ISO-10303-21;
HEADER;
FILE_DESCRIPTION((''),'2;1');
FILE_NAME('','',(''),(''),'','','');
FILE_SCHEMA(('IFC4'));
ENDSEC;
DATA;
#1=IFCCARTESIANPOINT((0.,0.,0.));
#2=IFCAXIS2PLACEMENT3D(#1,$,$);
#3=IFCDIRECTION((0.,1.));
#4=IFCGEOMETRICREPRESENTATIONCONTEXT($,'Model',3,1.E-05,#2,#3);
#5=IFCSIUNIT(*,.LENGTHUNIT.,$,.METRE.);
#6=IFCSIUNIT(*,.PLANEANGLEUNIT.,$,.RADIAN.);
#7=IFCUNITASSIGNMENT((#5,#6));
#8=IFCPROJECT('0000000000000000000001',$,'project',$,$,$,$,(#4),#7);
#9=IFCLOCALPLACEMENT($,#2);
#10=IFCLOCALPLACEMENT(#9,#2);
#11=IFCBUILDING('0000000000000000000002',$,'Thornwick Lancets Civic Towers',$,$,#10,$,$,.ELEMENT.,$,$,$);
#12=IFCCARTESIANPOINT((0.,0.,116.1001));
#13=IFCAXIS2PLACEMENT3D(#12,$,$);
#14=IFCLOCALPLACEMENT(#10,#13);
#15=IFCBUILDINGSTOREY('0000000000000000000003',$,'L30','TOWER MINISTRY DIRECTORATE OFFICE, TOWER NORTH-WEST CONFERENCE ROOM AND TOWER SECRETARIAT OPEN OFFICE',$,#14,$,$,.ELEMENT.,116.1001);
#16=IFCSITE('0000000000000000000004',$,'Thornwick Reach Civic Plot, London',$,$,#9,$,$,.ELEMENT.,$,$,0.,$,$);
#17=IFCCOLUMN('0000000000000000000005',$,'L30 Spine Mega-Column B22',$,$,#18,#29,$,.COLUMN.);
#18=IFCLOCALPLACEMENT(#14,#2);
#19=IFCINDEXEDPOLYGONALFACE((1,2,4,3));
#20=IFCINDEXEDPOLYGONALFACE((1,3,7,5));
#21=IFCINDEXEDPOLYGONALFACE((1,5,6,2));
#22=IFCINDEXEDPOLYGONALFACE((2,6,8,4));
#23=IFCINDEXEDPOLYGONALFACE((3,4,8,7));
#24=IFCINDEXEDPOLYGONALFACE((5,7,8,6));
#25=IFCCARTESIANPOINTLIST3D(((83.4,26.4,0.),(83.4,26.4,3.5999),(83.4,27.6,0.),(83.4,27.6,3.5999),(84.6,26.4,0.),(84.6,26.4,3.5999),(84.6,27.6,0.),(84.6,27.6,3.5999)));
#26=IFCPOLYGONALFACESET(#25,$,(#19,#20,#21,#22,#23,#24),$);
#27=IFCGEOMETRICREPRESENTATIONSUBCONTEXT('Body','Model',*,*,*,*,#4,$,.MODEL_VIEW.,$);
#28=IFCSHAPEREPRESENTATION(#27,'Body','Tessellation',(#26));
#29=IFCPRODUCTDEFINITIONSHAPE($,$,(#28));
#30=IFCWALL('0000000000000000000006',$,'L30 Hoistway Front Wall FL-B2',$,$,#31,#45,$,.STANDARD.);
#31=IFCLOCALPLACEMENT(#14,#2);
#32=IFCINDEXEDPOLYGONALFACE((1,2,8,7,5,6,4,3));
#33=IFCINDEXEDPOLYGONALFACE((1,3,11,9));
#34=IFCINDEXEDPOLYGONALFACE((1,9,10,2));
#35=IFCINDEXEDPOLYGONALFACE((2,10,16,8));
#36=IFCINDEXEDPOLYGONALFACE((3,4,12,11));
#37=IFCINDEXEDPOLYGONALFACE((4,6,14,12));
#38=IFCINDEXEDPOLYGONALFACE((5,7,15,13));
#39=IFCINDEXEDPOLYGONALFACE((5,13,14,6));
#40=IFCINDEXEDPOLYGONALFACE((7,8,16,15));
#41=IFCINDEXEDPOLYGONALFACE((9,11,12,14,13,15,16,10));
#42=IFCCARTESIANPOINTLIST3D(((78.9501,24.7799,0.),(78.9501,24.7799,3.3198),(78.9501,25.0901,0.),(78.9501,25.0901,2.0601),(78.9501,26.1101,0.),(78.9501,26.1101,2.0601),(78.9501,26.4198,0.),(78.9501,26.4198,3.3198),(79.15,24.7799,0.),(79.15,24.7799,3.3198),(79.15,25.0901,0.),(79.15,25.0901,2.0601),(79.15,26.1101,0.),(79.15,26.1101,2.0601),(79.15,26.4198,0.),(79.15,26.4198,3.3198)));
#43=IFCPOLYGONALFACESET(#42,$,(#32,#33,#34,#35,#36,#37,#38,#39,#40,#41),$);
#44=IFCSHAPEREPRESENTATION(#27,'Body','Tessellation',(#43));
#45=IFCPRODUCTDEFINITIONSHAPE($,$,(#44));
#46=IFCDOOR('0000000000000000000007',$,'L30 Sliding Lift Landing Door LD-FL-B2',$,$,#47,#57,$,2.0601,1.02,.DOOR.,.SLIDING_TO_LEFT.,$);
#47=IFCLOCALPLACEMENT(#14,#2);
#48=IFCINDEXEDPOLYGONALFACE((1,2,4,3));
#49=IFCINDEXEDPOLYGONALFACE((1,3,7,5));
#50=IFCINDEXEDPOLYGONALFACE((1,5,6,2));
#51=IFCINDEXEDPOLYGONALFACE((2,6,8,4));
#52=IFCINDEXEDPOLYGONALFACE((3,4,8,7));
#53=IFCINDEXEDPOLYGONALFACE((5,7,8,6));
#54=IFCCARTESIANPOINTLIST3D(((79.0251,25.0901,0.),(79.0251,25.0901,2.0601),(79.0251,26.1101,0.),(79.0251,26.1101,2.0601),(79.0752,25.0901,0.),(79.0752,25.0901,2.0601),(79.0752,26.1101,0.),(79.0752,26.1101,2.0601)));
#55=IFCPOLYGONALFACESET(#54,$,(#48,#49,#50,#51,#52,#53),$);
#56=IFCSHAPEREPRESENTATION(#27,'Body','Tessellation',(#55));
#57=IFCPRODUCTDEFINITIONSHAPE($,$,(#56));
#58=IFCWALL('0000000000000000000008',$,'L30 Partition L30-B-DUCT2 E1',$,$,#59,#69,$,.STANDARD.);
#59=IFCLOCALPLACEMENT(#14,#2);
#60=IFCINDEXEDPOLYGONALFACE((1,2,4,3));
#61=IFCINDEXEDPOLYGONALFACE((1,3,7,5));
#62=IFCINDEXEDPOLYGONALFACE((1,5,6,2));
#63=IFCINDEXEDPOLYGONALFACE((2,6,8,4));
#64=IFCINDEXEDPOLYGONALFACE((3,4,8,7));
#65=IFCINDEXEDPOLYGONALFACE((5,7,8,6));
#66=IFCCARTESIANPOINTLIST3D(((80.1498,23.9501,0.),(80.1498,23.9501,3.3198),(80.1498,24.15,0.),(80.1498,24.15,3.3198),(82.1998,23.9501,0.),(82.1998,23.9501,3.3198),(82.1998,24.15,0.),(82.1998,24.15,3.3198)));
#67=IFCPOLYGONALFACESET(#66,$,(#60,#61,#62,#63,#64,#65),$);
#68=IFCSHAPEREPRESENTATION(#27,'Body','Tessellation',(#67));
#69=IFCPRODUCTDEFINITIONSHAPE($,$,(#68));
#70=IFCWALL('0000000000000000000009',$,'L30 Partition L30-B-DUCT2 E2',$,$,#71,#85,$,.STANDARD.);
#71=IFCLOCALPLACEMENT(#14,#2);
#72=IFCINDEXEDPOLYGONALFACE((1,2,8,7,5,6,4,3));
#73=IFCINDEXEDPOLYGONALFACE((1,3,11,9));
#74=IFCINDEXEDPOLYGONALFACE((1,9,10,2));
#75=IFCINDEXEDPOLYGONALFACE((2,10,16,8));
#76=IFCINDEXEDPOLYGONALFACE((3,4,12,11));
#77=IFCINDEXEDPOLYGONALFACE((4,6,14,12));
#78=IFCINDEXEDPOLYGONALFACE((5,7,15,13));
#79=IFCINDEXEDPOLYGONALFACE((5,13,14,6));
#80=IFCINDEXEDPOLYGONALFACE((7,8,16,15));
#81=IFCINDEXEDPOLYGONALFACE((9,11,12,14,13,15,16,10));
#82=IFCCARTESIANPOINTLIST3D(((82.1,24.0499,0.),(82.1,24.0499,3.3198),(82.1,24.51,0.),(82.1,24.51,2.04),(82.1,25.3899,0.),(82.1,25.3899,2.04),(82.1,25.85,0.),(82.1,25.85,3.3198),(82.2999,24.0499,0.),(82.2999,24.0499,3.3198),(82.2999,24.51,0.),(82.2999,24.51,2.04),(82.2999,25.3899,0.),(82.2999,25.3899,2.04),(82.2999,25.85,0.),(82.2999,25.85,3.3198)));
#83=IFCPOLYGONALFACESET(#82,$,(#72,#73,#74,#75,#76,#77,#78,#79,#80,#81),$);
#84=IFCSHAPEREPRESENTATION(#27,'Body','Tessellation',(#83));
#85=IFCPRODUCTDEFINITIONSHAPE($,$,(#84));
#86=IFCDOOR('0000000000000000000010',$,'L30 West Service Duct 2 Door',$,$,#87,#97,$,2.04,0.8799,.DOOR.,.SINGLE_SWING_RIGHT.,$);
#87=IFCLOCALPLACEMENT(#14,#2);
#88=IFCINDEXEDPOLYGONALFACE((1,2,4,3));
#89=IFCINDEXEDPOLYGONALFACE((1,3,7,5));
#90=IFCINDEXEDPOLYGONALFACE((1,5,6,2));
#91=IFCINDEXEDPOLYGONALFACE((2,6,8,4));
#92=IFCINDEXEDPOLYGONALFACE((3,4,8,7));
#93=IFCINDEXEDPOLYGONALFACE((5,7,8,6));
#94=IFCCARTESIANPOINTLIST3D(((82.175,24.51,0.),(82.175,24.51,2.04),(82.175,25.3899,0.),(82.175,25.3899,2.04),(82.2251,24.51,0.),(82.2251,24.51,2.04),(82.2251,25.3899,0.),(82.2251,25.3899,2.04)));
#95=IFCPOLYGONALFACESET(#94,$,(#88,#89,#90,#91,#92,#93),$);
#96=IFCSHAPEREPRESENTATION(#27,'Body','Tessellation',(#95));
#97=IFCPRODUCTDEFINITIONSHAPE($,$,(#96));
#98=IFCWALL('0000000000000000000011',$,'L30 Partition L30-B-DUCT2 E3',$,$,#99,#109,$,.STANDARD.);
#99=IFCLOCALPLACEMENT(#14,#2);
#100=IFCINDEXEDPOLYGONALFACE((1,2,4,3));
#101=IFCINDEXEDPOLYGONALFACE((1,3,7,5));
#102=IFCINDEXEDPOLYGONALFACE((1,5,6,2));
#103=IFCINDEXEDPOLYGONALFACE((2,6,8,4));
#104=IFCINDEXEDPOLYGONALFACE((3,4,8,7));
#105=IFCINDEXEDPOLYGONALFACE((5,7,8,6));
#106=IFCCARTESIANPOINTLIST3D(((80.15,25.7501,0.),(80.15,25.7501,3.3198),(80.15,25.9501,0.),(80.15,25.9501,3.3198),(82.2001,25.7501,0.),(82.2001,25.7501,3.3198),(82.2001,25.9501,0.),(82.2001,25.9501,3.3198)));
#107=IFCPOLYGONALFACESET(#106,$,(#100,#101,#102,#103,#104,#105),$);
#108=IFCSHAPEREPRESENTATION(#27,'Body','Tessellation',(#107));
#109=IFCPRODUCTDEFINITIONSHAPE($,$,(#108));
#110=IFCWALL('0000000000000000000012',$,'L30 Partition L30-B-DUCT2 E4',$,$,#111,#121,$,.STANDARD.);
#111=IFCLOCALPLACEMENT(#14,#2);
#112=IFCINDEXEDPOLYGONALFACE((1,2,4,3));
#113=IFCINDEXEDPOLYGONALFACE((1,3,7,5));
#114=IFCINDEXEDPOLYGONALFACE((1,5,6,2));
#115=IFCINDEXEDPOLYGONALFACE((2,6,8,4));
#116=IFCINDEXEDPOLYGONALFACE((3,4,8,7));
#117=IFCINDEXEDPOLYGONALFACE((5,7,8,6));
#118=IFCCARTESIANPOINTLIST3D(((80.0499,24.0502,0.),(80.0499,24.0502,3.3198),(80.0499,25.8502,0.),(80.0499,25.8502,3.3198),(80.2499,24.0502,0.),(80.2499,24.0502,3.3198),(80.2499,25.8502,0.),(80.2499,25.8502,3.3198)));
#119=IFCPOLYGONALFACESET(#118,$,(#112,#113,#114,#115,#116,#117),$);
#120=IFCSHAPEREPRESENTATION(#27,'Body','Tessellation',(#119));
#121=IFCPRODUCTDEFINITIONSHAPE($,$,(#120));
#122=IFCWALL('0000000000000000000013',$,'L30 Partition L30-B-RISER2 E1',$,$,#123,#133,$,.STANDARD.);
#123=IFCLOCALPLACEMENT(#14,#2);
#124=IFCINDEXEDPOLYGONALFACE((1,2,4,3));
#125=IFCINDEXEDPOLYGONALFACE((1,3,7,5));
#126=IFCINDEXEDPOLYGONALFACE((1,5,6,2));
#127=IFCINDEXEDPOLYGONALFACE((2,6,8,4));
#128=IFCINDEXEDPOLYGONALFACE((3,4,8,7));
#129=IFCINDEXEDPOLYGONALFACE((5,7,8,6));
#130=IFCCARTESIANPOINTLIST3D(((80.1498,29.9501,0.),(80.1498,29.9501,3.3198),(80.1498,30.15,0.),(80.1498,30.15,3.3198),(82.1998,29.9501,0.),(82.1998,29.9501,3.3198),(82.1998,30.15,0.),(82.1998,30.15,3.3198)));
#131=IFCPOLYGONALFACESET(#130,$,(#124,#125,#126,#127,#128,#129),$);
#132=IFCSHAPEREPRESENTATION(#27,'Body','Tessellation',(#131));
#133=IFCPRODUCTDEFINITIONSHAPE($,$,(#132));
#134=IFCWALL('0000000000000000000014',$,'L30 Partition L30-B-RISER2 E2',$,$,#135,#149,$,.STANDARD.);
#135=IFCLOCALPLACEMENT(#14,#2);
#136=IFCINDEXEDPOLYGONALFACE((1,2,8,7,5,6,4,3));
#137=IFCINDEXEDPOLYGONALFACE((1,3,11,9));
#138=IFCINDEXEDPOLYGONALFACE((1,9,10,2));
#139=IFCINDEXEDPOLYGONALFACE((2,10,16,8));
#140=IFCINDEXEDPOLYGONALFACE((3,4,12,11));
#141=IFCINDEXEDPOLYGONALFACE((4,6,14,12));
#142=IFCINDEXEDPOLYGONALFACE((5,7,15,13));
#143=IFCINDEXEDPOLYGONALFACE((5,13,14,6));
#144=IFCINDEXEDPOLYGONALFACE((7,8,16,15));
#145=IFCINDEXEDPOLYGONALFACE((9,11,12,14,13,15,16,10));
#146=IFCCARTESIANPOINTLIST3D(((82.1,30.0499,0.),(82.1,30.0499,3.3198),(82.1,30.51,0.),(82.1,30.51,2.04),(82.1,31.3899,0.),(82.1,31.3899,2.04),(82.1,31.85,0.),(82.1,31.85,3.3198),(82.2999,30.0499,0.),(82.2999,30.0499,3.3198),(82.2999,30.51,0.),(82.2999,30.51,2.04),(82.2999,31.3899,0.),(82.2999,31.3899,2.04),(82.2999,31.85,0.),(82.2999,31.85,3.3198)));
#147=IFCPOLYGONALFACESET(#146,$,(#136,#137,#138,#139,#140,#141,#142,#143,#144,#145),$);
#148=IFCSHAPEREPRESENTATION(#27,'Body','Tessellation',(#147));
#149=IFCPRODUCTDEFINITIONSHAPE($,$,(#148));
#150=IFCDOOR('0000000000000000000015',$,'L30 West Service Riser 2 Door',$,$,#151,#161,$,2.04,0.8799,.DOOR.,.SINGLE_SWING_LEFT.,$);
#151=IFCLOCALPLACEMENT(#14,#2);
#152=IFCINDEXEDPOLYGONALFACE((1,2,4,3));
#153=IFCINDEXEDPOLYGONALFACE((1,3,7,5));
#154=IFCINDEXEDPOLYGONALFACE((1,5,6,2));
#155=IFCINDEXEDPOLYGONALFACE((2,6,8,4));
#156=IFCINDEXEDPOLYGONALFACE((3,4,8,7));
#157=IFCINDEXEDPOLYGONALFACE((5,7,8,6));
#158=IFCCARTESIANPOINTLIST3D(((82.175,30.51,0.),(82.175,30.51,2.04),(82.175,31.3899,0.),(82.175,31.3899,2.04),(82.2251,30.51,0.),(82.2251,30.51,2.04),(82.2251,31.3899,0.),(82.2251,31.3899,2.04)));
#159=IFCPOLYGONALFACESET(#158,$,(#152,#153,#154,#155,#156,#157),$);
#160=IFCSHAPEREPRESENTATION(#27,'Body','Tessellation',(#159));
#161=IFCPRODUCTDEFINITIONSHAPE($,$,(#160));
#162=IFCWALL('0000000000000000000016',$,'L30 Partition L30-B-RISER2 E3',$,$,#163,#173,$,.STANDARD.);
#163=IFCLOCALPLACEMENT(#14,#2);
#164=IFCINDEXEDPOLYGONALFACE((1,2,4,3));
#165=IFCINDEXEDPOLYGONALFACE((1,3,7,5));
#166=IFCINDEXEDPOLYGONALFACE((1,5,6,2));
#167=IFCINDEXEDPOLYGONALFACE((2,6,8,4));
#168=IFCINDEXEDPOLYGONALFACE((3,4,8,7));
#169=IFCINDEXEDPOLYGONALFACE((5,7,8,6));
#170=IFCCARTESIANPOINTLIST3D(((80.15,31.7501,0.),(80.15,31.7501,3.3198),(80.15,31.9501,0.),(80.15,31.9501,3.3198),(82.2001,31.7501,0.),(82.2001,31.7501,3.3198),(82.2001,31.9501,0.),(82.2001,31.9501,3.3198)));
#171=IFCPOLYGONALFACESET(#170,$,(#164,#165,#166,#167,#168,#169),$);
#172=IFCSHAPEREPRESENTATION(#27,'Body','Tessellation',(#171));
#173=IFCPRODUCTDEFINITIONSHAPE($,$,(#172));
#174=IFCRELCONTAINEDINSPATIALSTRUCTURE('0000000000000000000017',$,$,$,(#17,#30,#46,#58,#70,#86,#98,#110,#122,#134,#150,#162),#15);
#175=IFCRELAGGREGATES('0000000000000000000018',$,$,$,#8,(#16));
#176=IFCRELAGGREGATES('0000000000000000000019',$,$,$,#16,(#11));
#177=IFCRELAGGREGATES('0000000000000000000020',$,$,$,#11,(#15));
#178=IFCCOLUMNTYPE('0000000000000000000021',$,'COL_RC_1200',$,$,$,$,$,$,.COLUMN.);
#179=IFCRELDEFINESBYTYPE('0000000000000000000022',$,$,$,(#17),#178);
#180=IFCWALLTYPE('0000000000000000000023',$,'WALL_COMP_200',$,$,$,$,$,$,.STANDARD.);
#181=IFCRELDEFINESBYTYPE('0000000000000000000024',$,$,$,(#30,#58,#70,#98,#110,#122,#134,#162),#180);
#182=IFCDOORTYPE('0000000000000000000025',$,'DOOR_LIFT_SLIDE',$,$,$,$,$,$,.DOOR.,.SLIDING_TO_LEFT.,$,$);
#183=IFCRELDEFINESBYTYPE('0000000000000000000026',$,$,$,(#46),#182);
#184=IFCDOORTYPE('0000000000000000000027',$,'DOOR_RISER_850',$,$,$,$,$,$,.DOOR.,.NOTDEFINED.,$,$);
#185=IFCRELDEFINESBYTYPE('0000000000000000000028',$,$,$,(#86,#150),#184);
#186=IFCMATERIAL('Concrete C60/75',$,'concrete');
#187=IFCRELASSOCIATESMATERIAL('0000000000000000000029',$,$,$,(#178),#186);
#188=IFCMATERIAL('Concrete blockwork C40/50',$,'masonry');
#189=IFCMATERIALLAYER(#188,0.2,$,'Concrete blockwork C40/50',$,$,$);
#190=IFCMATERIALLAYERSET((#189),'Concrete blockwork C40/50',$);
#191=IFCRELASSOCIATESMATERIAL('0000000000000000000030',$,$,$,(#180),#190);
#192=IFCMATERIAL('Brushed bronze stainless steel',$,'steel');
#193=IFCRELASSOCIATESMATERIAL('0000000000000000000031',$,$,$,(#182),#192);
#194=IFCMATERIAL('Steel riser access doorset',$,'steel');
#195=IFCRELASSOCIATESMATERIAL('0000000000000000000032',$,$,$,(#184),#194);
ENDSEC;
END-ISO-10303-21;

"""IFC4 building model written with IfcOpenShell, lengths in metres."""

from ifc_helpers import new_model, si_unit, direction, frame, frame_2d, origin, origin_2d, place, context, subcontext, project, spatial, rectangle, extrude, material, layer, layer_set, material_profile, profile_set, type_object, element, fill, save


model = new_model("IFC4")

# Units and contexts
model_context = context("Model", 3, precision=1e-05, world=origin(), true_north=direction((0.0, 1.0)))
body_context = subcontext(model_context, "Body", "Model", "MODEL_VIEW")
ifc_project = project(units=[si_unit("LENGTHUNIT", "METRE"), si_unit("PLANEANGLEUNIT", "RADIAN")], contexts=[model_context])

# Site, building, storey
site_placement = place(None, origin())
site = spatial("IfcSite", under=ifc_project, at=site_placement, Name="Thornwick Reach Civic Plot, London", CompositionType="ELEMENT", RefElevation=0.0)
building_placement = place(site_placement, origin())
building = spatial("IfcBuilding", under=site, at=building_placement, Name="Thornwick Lancets Civic Towers", CompositionType="ELEMENT")
storey_placement = place(building_placement, frame((0.0, 0.0, 116.1001)))
storey = spatial("IfcBuildingStorey", under=building, at=storey_placement, Name="L30", Description="TOWER MINISTRY DIRECTORATE OFFICE, TOWER NORTH-WEST CONFERENCE ROOM AND TOWER SECRETARIAT OPEN OFFICE", CompositionType="ELEMENT", Elevation=116.1001)

# Column
ifc_material_1 = material(Name="Concrete C60/75", Category="concrete")
ifc_material_profile = material_profile(ifc_material_1, rectangle(XDim=1.2, YDim=1.2, at=origin_2d()), Name="RC 1200x1200")
ifc_profile_set = profile_set([ifc_material_profile], Name="Concrete C60/75")
column_type = type_object("IfcColumnType", Name="COL_RC_1200", PredefinedType="COLUMN", material=ifc_profile_set)
column_placement = place(storey_placement, frame((84.0, 27.0, 0.0), z_axis=(0.0, 0.0, 1.0), x_axis=(1.0, 0.0, 0.0)))
element("IfcColumn", 1, at=column_placement, inside=storey, type_object=column_type, Name="L30 Spine Mega-Column B22", PredefinedType="COLUMN", context=body_context, shape_type="SweptSolid", body=[
    extrude(rectangle(XDim=1.2, YDim=1.2, at=origin_2d()), origin(), (0.0, 0.0, 1.0), 3.5999),
])

# Wall, opening, door
ifc_material_2 = material(Name="Concrete blockwork C40/50", Category="masonry")
ifc_layer_1 = layer(ifc_material_2, 0.2, Name="Concrete blockwork C40/50")
ifc_layer_set_1 = layer_set([ifc_layer_1], Name="Concrete blockwork C40/50")
wall_type_1 = type_object("IfcWallType", Name="WALL_COMP_200", PredefinedType="STANDARD", material=ifc_layer_set_1)
wall_1_placement = place(storey_placement, frame((79.05, 24.78, 0.0), z_axis=(0.0, 0.0, 1.0), x_axis=(0.0, 1.0, 0.0)))
wall_1 = element("IfcWall", 2, at=wall_1_placement, inside=storey, type_object=wall_type_1, Name="L30 Hoistway Front Wall FL-B2", PredefinedType="STANDARD", context=body_context, shape_type="SweptSolid", body=[
    extrude(rectangle(XDim=1.6399, YDim=0.2, at=frame_2d((0.8198, 0.0))), origin(), (0.0, 0.0, 1.0), 3.3198),
])
opening_1_placement = place(wall_1_placement, frame((0.3101, 0.0, 0.0)))
opening_1 = element("IfcOpeningElement", 3, at=opening_1_placement, cuts=wall_1, PredefinedType="OPENING", context=body_context, shape_type="SweptSolid", body=[
    extrude(rectangle(XDim=1.02, YDim=2.0601, at=frame_2d((0.51, 1.03))), frame((0.0, 0.1099, 0.0), z_axis=(0.0, -1.0, 0.0), x_axis=(1.0, 0.0, 0.0)), (0.0, 0.0, 1.0), 0.22),
])
ifc_material_3 = material(Name="Brushed bronze stainless steel", Category="steel")
door_type_1 = type_object("IfcDoorType", Name="DOOR_LIFT_SLIDE", OperationType="SLIDING_TO_LEFT", PredefinedType="DOOR", material=ifc_material_3)
door_1_placement = place(opening_1_placement, origin())
door_1 = element("IfcDoor", 4, at=door_1_placement, inside=storey, type_object=door_type_1, Name="L30 Sliding Lift Landing Door LD-FL-B2", OperationType="SLIDING_TO_LEFT", OverallHeight=2.0601, OverallWidth=1.02, PredefinedType="DOOR", context=body_context, shape_type="SweptSolid", body=[
    extrude(rectangle(XDim=1.02, YDim=2.0601, at=frame_2d((0.51, 1.03))), frame((0.0, 0.0249, 0.0), z_axis=(0.0, -1.0, 0.0), x_axis=(1.0, 0.0, 0.0)), (0.0, 0.0, 1.0), 0.05),
])
fill(opening_1, door_1)

# Wall
wall_2_placement = place(storey_placement, frame((80.1499, 24.05, 0.0), z_axis=(0.0, 0.0, 1.0), x_axis=(1.0, 0.0, 0.0)))
element("IfcWall", 5, at=wall_2_placement, inside=storey, type_object=wall_type_1, Name="L30 Partition L30-B-DUCT2 E1", PredefinedType="STANDARD", context=body_context, shape_type="SweptSolid", body=[
    extrude(rectangle(XDim=2.05, YDim=0.2, at=frame_2d((1.0249, 0.0))), origin(), (0.0, 0.0, 1.0), 3.3198),
])

# Wall, opening, door
wall_3_placement = place(storey_placement, frame((82.2, 24.05, 0.0), z_axis=(0.0, 0.0, 1.0), x_axis=(0.0, 1.0, 0.0)))
wall_3 = element("IfcWall", 6, at=wall_3_placement, inside=storey, type_object=wall_type_1, Name="L30 Partition L30-B-DUCT2 E2", PredefinedType="STANDARD", context=body_context, shape_type="SweptSolid", body=[
    extrude(rectangle(XDim=1.8, YDim=0.2, at=frame_2d((0.8999, 0.0))), origin(), (0.0, 0.0, 1.0), 3.3198),
])
opening_2_placement = place(wall_3_placement, frame((0.46, 0.0, 0.0)))
opening_2 = element("IfcOpeningElement", 7, at=opening_2_placement, cuts=wall_3, PredefinedType="OPENING", context=body_context, shape_type="SweptSolid", body=[
    extrude(rectangle(XDim=0.8799, YDim=2.04, at=frame_2d((0.4399, 1.02))), frame((0.0, 0.1099, 0.0), z_axis=(0.0, -1.0, 0.0), x_axis=(1.0, 0.0, 0.0)), (0.0, 0.0, 1.0), 0.22),
])
ifc_material_4 = material(Name="Steel riser access doorset", Category="steel")
door_type_2 = type_object("IfcDoorType", Name="DOOR_RISER_850", OperationType="NOTDEFINED", PredefinedType="DOOR", material=ifc_material_4)
door_2_placement = place(opening_2_placement, origin())
door_2 = element("IfcDoor", 8, at=door_2_placement, inside=storey, type_object=door_type_2, Name="L30 West Service Duct 2 Door", OperationType="SINGLE_SWING_RIGHT", OverallHeight=2.04, OverallWidth=0.8799, PredefinedType="DOOR", context=body_context, shape_type="SweptSolid", body=[
    extrude(rectangle(XDim=0.8799, YDim=2.04, at=frame_2d((0.4399, 1.02))), frame((0.0, 0.0249, 0.0), z_axis=(0.0, -1.0, 0.0), x_axis=(1.0, 0.0, 0.0)), (0.0, 0.0, 1.0), 0.05),
])
fill(opening_2, door_2)

# Walls
wall_4_placement = place(storey_placement, frame((82.2, 25.8501, 0.0), z_axis=(0.0, 0.0, 1.0), x_axis=(-1.0, 0.0, 0.0)))
element("IfcWall", 9, at=wall_4_placement, inside=storey, type_object=wall_type_1, Name="L30 Partition L30-B-DUCT2 E3", PredefinedType="STANDARD", context=body_context, shape_type="SweptSolid", body=[
    extrude(rectangle(XDim=2.05, YDim=0.2, at=frame_2d((1.0249, 0.0))), origin(), (0.0, 0.0, 1.0), 3.3198),
])
wall_5_placement = place(storey_placement, frame((80.1499, 25.8501, 0.0), z_axis=(0.0, 0.0, 1.0), x_axis=(0.0, -1.0, 0.0)))
element("IfcWall", 10, at=wall_5_placement, inside=storey, type_object=wall_type_1, Name="L30 Partition L30-B-DUCT2 E4", PredefinedType="STANDARD", context=body_context, shape_type="SweptSolid", body=[
    extrude(rectangle(XDim=1.8, YDim=0.2, at=frame_2d((0.8999, 0.0))), origin(), (0.0, 0.0, 1.0), 3.3198),
])
wall_6_placement = place(storey_placement, frame((80.1499, 30.05, 0.0), z_axis=(0.0, 0.0, 1.0), x_axis=(1.0, 0.0, 0.0)))
element("IfcWall", 11, at=wall_6_placement, inside=storey, type_object=wall_type_1, Name="L30 Partition L30-B-RISER2 E1", PredefinedType="STANDARD", context=body_context, shape_type="SweptSolid", body=[
    extrude(rectangle(XDim=2.05, YDim=0.2, at=frame_2d((1.0249, 0.0))), origin(), (0.0, 0.0, 1.0), 3.3198),
])

# Wall, opening, door
wall_7_placement = place(storey_placement, frame((82.2, 30.05, 0.0), z_axis=(0.0, 0.0, 1.0), x_axis=(0.0, 1.0, 0.0)))
wall_7 = element("IfcWall", 12, at=wall_7_placement, inside=storey, type_object=wall_type_1, Name="L30 Partition L30-B-RISER2 E2", PredefinedType="STANDARD", context=body_context, shape_type="SweptSolid", body=[
    extrude(rectangle(XDim=1.8, YDim=0.2, at=frame_2d((0.8999, 0.0))), origin(), (0.0, 0.0, 1.0), 3.3198),
])
opening_3_placement = place(wall_7_placement, frame((0.46, 0.0, 0.0)))
opening_3 = element("IfcOpeningElement", 13, at=opening_3_placement, cuts=wall_7, PredefinedType="OPENING", context=body_context, shape_type="SweptSolid", body=[
    extrude(rectangle(XDim=0.8799, YDim=2.04, at=frame_2d((0.4399, 1.02))), frame((0.0, 0.1099, 0.0), z_axis=(0.0, -1.0, 0.0), x_axis=(1.0, 0.0, 0.0)), (0.0, 0.0, 1.0), 0.22),
])
door_3_placement = place(opening_3_placement, origin())
door_3 = element("IfcDoor", 14, at=door_3_placement, inside=storey, type_object=door_type_2, Name="L30 West Service Riser 2 Door", OperationType="SINGLE_SWING_LEFT", OverallHeight=2.04, OverallWidth=0.8799, PredefinedType="DOOR", context=body_context, shape_type="SweptSolid", body=[
    extrude(rectangle(XDim=0.8799, YDim=2.04, at=frame_2d((0.4399, 1.02))), frame((0.0, 0.0249, 0.0), z_axis=(0.0, -1.0, 0.0), x_axis=(1.0, 0.0, 0.0)), (0.0, 0.0, 1.0), 0.05),
])
fill(opening_3, door_3)

# Wall
wall_8_placement = place(storey_placement, frame((82.2, 31.8501, 0.0), z_axis=(0.0, 0.0, 1.0), x_axis=(-1.0, 0.0, 0.0)))
element("IfcWall", 15, at=wall_8_placement, inside=storey, type_object=wall_type_1, Name="L30 Partition L30-B-RISER2 E3", PredefinedType="STANDARD", context=body_context, shape_type="SweptSolid", body=[
    extrude(rectangle(XDim=2.05, YDim=0.2, at=frame_2d((1.0249, 0.0))), origin(), (0.0, 0.0, 1.0), 3.3198),
])

save(model, "model.ifc")
